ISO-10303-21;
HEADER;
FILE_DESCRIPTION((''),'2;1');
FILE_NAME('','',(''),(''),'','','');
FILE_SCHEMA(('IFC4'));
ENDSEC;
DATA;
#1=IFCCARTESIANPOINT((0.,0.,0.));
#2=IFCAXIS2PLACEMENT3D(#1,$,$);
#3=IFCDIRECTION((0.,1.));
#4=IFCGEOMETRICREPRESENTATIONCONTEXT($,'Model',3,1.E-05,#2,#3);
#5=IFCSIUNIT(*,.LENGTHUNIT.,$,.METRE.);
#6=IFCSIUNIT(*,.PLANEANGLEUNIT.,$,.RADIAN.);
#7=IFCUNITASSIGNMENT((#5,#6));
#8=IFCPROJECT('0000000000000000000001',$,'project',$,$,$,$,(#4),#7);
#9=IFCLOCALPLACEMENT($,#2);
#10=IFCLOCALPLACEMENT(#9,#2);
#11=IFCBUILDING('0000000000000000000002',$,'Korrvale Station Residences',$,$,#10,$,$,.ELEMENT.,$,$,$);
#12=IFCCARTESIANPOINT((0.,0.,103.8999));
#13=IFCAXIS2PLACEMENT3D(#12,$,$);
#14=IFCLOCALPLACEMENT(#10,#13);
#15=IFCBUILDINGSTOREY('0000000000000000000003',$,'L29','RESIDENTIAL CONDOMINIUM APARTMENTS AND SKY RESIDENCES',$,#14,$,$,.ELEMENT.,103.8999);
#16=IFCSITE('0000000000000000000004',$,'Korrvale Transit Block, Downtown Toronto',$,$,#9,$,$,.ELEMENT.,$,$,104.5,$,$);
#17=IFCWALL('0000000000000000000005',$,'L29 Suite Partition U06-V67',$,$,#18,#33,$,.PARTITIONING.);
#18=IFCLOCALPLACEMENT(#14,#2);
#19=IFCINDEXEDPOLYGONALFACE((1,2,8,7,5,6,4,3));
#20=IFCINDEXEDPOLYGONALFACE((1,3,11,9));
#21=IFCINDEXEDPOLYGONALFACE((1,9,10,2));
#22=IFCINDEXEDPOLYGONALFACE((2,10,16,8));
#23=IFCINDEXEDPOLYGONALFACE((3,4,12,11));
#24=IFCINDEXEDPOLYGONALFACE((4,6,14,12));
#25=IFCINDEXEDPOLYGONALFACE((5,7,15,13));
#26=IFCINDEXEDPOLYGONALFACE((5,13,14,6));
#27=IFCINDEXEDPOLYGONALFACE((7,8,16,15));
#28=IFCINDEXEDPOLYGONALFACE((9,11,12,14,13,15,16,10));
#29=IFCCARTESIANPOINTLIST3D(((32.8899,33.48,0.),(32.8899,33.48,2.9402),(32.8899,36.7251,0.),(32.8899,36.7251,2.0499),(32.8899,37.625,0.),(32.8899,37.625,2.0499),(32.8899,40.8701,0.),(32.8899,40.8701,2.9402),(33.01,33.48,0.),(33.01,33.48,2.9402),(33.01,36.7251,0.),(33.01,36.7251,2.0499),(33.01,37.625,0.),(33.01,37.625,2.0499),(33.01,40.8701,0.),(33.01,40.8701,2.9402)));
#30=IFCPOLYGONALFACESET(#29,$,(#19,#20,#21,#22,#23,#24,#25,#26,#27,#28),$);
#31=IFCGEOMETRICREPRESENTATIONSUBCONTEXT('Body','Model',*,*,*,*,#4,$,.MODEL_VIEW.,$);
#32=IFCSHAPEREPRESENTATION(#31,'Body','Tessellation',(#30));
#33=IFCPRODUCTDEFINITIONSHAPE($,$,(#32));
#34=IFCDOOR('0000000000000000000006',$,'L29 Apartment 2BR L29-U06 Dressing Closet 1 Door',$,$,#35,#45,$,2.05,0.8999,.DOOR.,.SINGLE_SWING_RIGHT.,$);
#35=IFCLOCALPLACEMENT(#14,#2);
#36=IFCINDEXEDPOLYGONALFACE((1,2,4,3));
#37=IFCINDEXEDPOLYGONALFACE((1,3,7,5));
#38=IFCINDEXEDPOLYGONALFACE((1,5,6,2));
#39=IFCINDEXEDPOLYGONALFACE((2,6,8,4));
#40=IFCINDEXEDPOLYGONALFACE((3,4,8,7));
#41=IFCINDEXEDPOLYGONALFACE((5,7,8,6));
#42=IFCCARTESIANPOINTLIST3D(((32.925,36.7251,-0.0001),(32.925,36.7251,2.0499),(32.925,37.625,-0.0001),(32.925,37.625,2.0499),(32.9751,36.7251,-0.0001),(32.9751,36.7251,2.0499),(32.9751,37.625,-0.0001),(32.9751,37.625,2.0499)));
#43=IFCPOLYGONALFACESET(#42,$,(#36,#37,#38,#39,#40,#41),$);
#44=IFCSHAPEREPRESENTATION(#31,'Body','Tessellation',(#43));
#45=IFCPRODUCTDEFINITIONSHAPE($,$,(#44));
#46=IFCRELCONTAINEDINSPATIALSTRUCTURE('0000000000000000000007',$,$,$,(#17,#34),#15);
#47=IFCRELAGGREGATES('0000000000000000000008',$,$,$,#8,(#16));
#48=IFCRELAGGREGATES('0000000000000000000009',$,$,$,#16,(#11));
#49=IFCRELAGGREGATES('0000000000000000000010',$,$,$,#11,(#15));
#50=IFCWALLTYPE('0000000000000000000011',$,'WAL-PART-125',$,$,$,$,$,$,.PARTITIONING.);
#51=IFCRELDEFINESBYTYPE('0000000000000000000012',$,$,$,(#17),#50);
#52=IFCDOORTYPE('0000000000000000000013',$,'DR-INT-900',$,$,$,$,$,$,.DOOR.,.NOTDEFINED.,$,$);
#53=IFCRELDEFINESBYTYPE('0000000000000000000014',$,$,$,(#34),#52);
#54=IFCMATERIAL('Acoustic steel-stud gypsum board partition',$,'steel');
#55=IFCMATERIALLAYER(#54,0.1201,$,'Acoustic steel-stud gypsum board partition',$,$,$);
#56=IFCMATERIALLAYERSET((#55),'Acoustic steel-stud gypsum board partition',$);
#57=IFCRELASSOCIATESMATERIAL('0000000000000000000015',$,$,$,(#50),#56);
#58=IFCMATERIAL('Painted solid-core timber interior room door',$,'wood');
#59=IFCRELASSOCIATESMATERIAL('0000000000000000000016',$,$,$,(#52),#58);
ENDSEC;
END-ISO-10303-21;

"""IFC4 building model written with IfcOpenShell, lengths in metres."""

from ifc_helpers import new_model, si_unit, direction, frame, frame_2d, origin, place, context, subcontext, project, spatial, rectangle, extrude, material, layer, layer_set, type_object, element, fill, save


model = new_model("IFC4")

# Units and contexts
model_context = context("Model", 3, precision=1e-05, world=origin(), true_north=direction((0.0, 1.0)))
body_context = subcontext(model_context, "Body", "Model", "MODEL_VIEW")
ifc_project = project(units=[si_unit("LENGTHUNIT", "METRE"), si_unit("PLANEANGLEUNIT", "RADIAN")], contexts=[model_context])

# Site, building, storey
site_placement = place(None, origin())
site = spatial("IfcSite", under=ifc_project, at=site_placement, Name="Korrvale Transit Block, Downtown Toronto", CompositionType="ELEMENT", RefElevation=104.5)
building_placement = place(site_placement, origin())
building = spatial("IfcBuilding", under=site, at=building_placement, Name="Korrvale Station Residences", CompositionType="ELEMENT")
storey_placement = place(building_placement, frame((0.0, 0.0, 103.8999)))
storey = spatial("IfcBuildingStorey", under=building, at=storey_placement, Name="L29", Description="RESIDENTIAL CONDOMINIUM APARTMENTS AND SKY RESIDENCES", CompositionType="ELEMENT", Elevation=103.8999)

# Shared definitions
ifc_material_1 = material(Name="Acoustic steel-stud gypsum board partition", Category="steel")
ifc_layer_1 = layer(ifc_material_1, 0.1201, Name="Acoustic steel-stud gypsum board partition")
ifc_layer_set_1 = layer_set([ifc_layer_1], Name="Acoustic steel-stud gypsum board partition")
wall_type_1 = type_object("IfcWallType", Name="WAL-PART-125", PredefinedType="PARTITIONING", material=ifc_layer_set_1)
ifc_material_2 = material(Name="Painted solid-core timber interior room door", Category="wood")
door_type_1 = type_object("IfcDoorType", Name="DR-INT-900", OperationType="NOTDEFINED", PredefinedType="DOOR", material=ifc_material_2)

# Wall, opening, door
wall_1_placement = place(storey_placement, frame((32.95, 33.48, 0.0), z_axis=(0.0, 0.0, 1.0), x_axis=(0.0, 1.0, 0.0)))
wall_1 = element("IfcWall", 1, at=wall_1_placement, inside=storey, type_object=wall_type_1, Name="L29 Suite Partition U06-V67", PredefinedType="PARTITIONING", context=body_context, shape_type="SweptSolid", body=[
    extrude(rectangle(XDim=7.3901, YDim=0.1201, at=frame_2d((3.6951, 0.0))), origin(), (0.0, 0.0, 1.0), 2.9402),
])
opening_1_placement = place(wall_1_placement, frame((3.2451, 0.0, 0.0)))
opening_1 = element("IfcOpeningElement", 2, at=opening_1_placement, cuts=wall_1, PredefinedType="OPENING", context=body_context, shape_type="SweptSolid", body=[
    extrude(rectangle(XDim=0.8999, YDim=2.05, at=frame_2d((0.45, 1.0249))), frame((0.0, 0.0701, 0.0), z_axis=(0.0, -1.0, 0.0), x_axis=(1.0, 0.0, 0.0)), (0.0, 0.0, 1.0), 0.1401),
])
door_1_placement = place(opening_1_placement, origin())
door_1 = element("IfcDoor", 3, at=door_1_placement, inside=storey, type_object=door_type_1, Name="L29 Apartment 2BR L29-U06 Dressing Closet 1 Door", OperationType="SINGLE_SWING_RIGHT", OverallHeight=2.05, OverallWidth=0.8999, PredefinedType="DOOR", context=body_context, shape_type="SweptSolid", body=[
    extrude(rectangle(XDim=0.8999, YDim=2.05, at=frame_2d((0.45, 1.0249))), frame((0.0, 0.0249, 0.0), z_axis=(0.0, -1.0, 0.0), x_axis=(1.0, 0.0, 0.0)), (0.0, 0.0, 1.0), 0.05),
])
fill(opening_1, door_1)

save(model, "model.ifc")
